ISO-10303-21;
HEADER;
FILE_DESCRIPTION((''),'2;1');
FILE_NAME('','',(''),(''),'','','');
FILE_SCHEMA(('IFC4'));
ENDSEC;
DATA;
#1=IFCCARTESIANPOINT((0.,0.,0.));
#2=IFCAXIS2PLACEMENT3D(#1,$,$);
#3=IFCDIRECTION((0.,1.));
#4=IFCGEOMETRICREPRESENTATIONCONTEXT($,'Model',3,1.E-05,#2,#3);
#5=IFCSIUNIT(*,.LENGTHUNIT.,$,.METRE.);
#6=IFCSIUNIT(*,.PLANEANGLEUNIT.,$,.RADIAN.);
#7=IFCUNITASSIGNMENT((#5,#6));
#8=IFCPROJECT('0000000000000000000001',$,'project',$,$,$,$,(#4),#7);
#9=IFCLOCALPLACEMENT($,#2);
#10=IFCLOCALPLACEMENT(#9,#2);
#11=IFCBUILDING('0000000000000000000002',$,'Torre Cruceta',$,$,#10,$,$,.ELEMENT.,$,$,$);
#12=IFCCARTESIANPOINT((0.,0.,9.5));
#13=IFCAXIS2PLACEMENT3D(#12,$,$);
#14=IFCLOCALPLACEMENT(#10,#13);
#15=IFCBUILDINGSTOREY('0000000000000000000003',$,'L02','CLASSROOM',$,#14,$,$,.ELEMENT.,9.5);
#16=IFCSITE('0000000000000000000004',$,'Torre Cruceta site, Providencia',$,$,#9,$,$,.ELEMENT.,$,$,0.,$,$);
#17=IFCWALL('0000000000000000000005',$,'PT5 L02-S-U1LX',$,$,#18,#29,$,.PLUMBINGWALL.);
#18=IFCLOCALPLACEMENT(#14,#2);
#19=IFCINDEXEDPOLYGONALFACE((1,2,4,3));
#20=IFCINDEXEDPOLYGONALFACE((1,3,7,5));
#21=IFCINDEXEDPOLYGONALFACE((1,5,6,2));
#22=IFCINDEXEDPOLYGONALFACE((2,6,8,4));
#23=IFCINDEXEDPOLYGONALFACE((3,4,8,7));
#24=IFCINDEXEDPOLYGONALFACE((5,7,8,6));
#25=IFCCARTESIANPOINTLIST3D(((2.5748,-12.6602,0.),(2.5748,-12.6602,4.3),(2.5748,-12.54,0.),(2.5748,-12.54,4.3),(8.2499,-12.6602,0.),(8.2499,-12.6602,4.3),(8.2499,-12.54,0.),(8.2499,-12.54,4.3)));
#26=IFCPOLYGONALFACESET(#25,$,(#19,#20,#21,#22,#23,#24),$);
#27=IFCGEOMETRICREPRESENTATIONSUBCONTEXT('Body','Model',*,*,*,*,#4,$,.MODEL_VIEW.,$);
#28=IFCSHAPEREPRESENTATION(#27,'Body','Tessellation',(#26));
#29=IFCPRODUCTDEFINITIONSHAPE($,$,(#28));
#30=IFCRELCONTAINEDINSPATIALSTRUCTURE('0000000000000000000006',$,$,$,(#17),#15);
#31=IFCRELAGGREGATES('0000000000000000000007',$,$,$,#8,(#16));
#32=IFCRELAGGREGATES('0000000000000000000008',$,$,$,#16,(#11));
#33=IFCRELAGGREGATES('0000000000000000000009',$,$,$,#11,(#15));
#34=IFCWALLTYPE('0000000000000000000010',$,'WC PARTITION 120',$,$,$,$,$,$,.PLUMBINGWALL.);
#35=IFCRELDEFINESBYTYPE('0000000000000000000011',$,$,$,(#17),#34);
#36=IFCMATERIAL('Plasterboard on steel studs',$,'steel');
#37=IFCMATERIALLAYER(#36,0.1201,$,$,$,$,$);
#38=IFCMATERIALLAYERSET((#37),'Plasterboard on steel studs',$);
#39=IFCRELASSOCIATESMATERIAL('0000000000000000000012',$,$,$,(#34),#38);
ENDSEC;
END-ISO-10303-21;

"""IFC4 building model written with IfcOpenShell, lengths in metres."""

from ifc_helpers import new_model, si_unit, direction, frame, frame_2d, origin, place, context, subcontext, project, spatial, rectangle, extrude, material, layer, layer_set, type_object, element, save


model = new_model("IFC4")

# Units and contexts
model_context = context("Model", 3, precision=1e-05, world=origin(), true_north=direction((0.0, 1.0)))
body_context = subcontext(model_context, "Body", "Model", "MODEL_VIEW")
ifc_project = project(units=[si_unit("LENGTHUNIT", "METRE"), si_unit("PLANEANGLEUNIT", "RADIAN")], contexts=[model_context])

# Site, building, storey
site_placement = place(None, origin())
site = spatial("IfcSite", under=ifc_project, at=site_placement, Name="Torre Cruceta site, Providencia", CompositionType="ELEMENT", RefElevation=0.0)
building_placement = place(site_placement, origin())
building = spatial("IfcBuilding", under=site, at=building_placement, Name="Torre Cruceta", CompositionType="ELEMENT")
storey_placement = place(building_placement, frame((0.0, 0.0, 9.5)))
storey = spatial("IfcBuildingStorey", under=building, at=storey_placement, Name="L02", Description="CLASSROOM", CompositionType="ELEMENT", Elevation=9.5)

# Wall
ifc_material_1 = material(Name="Plasterboard on steel studs", Category="steel")
ifc_layer_1 = layer(ifc_material_1, 0.1201)
ifc_layer_set_1 = layer_set([ifc_layer_1], Name="Plasterboard on steel studs")
wall_type_1 = type_object("IfcWallType", Name="WC PARTITION 120", PredefinedType="PLUMBINGWALL", material=ifc_layer_set_1)
wall_1_placement = place(storey_placement, frame((2.575, -12.6001, 0.0), z_axis=(0.0, 0.0, 1.0), x_axis=(1.0, 0.0, 0.0)))
element("IfcWall", 1, at=wall_1_placement, inside=storey, type_object=wall_type_1, Name="PT5 L02-S-U1LX", PredefinedType="PLUMBINGWALL", context=body_context, shape_type="SweptSolid", body=[
    extrude(rectangle(XDim=5.675, YDim=0.1201, at=frame_2d((2.8374, 0.0))), origin(), (0.0, 0.0, 1.0), 4.3),
])

save(model, "model.ifc")
